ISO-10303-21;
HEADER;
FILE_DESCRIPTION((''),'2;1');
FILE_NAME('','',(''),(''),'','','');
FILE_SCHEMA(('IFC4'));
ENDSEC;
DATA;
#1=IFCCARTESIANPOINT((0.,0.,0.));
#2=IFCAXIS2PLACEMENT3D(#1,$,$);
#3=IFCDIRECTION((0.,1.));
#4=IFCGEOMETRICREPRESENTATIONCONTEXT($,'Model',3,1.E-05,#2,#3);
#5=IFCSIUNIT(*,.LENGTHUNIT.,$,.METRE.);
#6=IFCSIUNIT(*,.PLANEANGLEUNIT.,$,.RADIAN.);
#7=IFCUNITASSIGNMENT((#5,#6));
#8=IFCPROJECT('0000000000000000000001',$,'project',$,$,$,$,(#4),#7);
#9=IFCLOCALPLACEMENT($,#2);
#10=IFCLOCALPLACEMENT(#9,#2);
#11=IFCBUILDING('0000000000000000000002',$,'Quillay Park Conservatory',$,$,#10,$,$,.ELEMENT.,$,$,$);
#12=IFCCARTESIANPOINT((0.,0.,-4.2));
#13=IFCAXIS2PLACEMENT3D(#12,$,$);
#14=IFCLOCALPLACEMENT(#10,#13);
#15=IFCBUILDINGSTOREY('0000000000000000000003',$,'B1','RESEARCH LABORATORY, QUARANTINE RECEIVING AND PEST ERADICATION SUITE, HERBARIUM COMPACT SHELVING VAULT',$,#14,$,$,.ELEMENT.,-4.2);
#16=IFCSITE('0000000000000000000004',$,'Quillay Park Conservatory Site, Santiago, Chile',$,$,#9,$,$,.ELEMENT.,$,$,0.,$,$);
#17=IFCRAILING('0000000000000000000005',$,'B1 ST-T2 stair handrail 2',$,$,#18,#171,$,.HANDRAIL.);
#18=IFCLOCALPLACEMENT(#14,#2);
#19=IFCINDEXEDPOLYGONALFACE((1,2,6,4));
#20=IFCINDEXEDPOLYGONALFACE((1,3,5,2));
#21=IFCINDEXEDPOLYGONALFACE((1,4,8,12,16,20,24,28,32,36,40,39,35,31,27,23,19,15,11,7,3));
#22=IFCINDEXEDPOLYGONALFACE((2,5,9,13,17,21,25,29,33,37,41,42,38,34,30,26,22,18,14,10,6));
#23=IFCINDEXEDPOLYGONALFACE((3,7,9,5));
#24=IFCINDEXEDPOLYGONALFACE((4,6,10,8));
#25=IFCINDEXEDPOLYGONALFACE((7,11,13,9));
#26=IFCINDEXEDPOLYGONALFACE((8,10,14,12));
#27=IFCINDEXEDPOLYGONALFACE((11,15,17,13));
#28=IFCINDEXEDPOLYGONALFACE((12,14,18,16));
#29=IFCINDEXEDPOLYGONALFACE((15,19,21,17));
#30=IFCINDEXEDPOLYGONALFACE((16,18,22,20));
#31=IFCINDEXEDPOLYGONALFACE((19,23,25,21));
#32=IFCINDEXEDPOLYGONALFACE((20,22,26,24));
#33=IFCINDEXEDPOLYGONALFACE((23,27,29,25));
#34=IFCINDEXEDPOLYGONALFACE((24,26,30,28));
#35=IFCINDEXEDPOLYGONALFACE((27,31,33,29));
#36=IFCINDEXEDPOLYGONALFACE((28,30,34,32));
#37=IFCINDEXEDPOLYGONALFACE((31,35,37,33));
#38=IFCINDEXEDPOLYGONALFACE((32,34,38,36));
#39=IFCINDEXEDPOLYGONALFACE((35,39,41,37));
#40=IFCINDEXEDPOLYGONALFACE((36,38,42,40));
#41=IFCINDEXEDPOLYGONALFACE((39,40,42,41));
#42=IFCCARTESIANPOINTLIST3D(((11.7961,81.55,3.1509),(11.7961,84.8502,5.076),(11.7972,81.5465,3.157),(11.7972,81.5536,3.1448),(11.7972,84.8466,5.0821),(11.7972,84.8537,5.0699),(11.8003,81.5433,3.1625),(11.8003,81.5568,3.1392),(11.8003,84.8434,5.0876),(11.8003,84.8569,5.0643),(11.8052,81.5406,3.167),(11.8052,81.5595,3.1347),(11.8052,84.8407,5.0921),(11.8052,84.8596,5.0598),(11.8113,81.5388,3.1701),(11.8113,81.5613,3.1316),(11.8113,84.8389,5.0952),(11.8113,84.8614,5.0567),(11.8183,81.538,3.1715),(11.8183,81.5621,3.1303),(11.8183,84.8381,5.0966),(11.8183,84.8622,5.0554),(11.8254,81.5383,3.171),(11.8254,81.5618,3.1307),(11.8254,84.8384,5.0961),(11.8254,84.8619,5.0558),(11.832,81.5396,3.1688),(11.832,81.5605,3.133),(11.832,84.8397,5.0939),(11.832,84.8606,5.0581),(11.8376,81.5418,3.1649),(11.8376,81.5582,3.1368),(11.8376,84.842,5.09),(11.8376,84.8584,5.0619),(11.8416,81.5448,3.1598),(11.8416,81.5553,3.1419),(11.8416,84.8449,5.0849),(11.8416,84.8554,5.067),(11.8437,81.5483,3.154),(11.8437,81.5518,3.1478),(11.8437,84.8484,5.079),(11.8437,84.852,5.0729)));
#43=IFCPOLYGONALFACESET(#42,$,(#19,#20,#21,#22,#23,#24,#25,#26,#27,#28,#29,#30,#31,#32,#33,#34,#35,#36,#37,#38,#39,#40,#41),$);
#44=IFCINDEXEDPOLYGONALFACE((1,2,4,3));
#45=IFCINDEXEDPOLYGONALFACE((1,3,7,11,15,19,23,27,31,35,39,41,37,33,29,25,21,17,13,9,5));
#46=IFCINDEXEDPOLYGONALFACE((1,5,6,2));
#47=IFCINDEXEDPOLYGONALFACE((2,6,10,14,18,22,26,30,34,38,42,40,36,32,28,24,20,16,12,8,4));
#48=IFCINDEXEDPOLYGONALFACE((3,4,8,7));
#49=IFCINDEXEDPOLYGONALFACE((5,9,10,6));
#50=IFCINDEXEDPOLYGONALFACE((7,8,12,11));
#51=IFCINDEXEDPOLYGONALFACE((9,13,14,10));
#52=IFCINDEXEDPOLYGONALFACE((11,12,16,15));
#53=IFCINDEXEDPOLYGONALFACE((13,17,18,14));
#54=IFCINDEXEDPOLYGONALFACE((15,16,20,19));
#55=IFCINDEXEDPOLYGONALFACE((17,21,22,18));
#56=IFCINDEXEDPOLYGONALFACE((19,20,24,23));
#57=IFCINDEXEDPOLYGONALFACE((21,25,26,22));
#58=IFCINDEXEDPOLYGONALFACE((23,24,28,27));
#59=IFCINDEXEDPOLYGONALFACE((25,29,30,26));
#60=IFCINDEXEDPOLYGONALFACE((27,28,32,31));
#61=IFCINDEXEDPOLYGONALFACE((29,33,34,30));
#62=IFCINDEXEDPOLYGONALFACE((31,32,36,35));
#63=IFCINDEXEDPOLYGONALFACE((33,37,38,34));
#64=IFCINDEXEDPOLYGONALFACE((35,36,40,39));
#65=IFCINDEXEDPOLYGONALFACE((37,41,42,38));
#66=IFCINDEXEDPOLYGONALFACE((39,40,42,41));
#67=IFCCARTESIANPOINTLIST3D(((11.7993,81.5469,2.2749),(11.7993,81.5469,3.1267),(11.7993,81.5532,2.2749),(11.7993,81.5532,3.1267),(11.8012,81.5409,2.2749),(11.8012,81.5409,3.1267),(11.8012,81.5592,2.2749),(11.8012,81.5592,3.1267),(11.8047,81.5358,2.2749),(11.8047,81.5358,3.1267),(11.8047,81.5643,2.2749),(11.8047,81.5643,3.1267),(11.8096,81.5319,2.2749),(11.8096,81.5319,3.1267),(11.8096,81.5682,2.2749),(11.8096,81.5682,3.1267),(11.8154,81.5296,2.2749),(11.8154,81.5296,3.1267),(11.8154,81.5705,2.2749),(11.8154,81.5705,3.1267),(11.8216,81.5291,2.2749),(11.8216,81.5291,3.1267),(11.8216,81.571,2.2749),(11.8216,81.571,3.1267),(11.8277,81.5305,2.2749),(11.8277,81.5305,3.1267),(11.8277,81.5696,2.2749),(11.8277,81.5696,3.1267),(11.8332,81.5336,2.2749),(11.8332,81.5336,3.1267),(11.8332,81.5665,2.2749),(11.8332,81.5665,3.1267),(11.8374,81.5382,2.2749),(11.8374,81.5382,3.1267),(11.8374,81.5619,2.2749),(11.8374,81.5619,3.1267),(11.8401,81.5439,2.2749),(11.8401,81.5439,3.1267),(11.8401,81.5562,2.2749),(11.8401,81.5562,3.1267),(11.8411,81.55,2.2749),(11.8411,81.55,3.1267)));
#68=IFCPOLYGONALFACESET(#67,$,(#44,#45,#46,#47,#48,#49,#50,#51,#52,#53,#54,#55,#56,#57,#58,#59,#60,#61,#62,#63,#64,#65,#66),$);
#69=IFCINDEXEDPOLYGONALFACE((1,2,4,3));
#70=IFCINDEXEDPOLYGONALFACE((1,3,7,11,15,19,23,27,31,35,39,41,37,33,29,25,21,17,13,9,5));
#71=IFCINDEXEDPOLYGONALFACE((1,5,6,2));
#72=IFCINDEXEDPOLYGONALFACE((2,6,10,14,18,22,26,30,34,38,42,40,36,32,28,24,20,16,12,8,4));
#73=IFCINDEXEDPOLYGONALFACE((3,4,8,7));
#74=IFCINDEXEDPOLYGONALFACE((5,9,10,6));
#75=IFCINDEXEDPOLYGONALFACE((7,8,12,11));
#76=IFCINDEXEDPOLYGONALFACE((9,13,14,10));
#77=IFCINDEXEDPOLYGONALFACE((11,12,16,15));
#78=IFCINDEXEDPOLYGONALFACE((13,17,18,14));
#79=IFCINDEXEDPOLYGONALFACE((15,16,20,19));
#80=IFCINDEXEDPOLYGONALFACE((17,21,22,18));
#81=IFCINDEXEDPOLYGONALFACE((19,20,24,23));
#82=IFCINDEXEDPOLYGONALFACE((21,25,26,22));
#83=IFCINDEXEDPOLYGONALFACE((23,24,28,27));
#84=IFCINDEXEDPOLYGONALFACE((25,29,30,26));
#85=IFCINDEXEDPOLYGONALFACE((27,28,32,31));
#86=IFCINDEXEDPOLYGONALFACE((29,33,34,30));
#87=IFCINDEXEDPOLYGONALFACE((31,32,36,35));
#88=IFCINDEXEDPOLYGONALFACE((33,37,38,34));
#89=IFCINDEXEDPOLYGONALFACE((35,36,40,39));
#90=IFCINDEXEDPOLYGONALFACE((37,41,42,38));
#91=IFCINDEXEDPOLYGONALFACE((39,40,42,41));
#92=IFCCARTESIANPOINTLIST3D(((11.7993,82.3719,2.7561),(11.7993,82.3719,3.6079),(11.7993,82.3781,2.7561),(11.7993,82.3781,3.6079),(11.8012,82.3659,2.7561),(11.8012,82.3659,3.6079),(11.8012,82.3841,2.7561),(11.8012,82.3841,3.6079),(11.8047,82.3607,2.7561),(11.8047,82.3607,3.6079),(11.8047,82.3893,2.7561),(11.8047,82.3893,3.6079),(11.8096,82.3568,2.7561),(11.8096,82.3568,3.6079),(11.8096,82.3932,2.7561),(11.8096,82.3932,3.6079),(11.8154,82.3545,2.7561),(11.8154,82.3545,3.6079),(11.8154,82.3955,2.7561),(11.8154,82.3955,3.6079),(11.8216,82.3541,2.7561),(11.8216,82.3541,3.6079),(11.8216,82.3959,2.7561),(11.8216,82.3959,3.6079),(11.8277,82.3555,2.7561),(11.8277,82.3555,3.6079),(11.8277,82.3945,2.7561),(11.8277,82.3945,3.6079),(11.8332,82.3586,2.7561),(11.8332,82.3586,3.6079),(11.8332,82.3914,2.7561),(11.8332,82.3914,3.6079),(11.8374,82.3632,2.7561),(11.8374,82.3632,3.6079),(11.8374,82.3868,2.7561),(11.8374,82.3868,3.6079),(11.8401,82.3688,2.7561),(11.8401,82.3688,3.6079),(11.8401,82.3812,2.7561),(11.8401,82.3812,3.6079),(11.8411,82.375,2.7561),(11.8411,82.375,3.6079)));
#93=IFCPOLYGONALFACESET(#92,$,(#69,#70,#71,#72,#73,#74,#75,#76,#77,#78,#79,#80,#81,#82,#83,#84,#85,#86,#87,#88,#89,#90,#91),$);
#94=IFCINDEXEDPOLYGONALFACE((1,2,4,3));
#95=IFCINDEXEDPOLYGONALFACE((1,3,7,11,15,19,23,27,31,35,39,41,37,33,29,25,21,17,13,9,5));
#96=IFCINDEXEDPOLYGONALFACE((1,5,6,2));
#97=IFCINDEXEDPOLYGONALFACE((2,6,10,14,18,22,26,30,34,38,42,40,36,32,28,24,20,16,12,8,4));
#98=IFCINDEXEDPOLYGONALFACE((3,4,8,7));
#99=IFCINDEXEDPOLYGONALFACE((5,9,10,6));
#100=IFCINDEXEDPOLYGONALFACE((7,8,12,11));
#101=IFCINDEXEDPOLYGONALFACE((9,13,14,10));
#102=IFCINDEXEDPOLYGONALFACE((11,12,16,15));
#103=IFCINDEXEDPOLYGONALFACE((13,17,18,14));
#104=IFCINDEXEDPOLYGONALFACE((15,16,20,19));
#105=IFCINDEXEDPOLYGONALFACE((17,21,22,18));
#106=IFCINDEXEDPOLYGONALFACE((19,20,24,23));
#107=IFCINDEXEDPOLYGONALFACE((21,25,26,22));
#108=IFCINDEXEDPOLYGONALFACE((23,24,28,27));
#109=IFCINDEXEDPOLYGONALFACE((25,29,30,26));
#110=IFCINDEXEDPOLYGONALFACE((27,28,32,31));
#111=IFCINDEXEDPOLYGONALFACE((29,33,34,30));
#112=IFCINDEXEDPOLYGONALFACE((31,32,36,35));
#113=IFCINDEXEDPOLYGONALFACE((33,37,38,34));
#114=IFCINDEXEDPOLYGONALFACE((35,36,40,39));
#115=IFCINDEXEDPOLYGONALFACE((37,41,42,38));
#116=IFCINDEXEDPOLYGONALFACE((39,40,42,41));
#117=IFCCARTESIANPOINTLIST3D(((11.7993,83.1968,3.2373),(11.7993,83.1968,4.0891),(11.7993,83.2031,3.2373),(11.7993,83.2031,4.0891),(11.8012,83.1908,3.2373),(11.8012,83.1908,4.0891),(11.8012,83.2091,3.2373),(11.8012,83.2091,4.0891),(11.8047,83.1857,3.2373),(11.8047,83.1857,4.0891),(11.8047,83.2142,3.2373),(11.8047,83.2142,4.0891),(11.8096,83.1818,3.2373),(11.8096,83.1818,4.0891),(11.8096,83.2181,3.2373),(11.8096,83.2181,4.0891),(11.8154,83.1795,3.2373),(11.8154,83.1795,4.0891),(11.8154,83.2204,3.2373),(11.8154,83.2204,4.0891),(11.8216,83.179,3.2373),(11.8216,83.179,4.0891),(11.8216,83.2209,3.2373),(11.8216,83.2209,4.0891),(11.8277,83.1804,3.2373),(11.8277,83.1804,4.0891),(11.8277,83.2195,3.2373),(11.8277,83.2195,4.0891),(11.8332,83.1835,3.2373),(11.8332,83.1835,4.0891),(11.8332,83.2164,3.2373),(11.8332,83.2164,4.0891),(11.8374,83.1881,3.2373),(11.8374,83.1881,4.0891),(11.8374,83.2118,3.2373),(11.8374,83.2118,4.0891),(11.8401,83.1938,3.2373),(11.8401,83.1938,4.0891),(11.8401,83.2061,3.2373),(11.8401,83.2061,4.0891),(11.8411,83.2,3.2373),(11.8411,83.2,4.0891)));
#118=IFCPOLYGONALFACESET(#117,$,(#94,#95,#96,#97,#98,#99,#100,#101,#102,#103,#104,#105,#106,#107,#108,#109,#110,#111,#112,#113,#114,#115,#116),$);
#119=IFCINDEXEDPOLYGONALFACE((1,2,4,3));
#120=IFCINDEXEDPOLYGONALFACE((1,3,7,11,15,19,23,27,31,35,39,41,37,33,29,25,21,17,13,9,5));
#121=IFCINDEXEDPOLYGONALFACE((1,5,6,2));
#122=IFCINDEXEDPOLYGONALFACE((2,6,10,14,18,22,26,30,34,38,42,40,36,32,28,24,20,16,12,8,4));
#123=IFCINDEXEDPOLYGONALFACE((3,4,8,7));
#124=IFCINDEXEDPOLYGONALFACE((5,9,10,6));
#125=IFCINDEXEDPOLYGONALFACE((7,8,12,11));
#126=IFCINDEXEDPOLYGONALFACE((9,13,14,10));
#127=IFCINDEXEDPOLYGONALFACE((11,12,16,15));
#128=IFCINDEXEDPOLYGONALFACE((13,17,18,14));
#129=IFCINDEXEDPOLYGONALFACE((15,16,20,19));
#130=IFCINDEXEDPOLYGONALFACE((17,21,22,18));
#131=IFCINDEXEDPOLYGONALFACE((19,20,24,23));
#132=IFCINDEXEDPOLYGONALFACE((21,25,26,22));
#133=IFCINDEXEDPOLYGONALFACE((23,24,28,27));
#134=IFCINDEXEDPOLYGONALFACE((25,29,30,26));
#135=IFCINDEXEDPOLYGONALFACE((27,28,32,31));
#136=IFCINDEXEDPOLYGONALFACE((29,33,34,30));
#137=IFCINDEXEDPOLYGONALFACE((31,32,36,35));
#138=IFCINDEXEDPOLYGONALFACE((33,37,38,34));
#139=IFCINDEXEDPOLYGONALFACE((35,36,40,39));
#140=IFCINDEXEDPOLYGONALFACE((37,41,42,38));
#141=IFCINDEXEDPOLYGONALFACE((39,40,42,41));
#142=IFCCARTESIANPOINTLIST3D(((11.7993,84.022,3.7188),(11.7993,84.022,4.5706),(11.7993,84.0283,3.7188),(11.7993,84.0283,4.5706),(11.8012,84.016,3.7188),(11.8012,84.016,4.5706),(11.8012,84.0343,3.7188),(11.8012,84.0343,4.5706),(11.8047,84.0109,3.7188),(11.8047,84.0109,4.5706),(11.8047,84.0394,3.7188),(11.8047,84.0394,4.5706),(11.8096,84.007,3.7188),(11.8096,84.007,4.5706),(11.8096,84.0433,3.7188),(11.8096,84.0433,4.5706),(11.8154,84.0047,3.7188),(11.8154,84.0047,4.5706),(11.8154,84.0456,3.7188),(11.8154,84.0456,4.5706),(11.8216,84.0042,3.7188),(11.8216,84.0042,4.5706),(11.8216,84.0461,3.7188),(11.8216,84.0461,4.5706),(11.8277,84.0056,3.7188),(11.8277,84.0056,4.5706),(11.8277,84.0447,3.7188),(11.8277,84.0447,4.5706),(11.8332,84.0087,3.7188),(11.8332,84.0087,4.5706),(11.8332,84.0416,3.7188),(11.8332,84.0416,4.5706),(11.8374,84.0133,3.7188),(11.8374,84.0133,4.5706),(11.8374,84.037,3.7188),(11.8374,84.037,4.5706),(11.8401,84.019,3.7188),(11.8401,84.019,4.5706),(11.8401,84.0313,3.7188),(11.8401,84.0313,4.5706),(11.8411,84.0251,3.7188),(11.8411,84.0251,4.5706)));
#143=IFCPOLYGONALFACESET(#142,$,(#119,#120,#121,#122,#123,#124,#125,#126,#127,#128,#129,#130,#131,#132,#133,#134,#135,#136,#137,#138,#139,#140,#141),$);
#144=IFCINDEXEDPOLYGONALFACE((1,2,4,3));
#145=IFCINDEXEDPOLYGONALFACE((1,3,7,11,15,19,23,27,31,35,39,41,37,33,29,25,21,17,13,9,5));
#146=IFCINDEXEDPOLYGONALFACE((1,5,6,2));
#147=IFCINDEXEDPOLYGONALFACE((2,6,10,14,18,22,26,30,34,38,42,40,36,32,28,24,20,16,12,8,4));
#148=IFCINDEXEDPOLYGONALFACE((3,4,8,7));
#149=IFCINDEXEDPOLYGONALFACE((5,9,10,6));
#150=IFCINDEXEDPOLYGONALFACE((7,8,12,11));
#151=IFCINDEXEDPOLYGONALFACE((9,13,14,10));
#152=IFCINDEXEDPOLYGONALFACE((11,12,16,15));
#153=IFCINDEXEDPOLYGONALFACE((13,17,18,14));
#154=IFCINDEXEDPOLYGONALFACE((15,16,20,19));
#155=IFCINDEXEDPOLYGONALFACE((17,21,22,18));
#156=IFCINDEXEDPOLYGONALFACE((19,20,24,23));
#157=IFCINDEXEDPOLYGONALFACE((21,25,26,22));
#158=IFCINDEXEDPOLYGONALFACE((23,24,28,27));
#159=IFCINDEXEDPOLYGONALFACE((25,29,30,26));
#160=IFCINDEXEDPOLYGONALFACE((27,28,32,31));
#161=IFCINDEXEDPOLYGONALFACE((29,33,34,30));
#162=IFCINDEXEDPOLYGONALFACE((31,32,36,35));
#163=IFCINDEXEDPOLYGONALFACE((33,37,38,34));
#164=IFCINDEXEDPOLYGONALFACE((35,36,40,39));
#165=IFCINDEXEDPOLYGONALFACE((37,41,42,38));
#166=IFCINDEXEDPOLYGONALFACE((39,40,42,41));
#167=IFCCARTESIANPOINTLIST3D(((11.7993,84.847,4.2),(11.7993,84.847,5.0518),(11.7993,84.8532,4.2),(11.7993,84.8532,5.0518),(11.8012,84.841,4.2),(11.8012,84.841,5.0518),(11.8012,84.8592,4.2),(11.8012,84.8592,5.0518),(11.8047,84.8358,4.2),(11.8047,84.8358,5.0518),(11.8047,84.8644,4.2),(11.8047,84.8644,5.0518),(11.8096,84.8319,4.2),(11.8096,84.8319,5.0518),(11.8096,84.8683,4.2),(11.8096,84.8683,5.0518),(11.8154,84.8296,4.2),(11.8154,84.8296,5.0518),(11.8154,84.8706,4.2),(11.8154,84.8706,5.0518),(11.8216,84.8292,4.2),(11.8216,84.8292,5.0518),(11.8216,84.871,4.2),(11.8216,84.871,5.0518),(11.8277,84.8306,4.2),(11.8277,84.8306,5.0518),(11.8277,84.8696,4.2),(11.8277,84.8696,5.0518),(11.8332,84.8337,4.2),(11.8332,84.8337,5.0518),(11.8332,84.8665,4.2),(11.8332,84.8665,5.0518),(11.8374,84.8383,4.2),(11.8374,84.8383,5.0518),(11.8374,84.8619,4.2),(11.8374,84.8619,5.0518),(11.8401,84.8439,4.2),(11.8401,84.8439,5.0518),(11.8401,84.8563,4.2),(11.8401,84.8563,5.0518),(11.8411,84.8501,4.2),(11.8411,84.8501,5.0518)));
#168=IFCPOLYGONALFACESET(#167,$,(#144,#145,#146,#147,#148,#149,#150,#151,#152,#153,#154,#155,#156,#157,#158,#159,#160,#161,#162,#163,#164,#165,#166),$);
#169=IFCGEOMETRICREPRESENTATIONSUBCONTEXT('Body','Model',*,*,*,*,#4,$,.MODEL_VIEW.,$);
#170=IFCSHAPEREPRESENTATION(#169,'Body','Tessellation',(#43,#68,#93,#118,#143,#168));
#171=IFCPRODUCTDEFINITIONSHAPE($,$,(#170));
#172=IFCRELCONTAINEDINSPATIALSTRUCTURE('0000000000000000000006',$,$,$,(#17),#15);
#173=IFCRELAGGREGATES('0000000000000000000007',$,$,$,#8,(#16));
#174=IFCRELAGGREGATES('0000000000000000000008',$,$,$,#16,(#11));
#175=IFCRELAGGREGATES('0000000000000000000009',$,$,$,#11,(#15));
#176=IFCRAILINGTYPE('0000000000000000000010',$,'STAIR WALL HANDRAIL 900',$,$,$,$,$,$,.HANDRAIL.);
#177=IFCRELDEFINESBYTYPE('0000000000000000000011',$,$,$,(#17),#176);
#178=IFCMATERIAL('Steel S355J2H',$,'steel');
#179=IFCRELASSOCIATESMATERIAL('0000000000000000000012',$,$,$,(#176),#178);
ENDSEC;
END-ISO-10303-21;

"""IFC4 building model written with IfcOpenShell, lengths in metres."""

from ifc_helpers import new_model, si_unit, direction, frame, origin, origin_2d, place, context, subcontext, project, spatial, circle, extrude, material, type_object, element, save


model = new_model("IFC4")

# Units and contexts
model_context = context("Model", 3, precision=1e-05, world=origin(), true_north=direction((0.0, 1.0)))
body_context = subcontext(model_context, "Body", "Model", "MODEL_VIEW")
ifc_project = project(units=[si_unit("LENGTHUNIT", "METRE"), si_unit("PLANEANGLEUNIT", "RADIAN")], contexts=[model_context])

# Site, building, storey
site_placement = place(None, origin())
site = spatial("IfcSite", under=ifc_project, at=site_placement, Name="Quillay Park Conservatory Site, Santiago, Chile", CompositionType="ELEMENT", RefElevation=0.0)
building_placement = place(site_placement, origin())
building = spatial("IfcBuilding", under=site, at=building_placement, Name="Quillay Park Conservatory", CompositionType="ELEMENT")
storey_placement = place(building_placement, frame((0.0, 0.0, -4.2)))
storey = spatial("IfcBuildingStorey", under=building, at=storey_placement, Name="B1", Description="RESEARCH LABORATORY, QUARANTINE RECEIVING AND PEST ERADICATION SUITE, HERBARIUM COMPACT SHELVING VAULT", CompositionType="ELEMENT", Elevation=-4.2)

# Railing
ifc_material_1 = material(Name="Steel S355J2H", Category="steel")
railing_type_1 = type_object("IfcRailingType", Name="STAIR WALL HANDRAIL 900", PredefinedType="HANDRAIL", material=ifc_material_1)
railing_1_placement = place(storey_placement, frame((11.8201, 81.55, 2.2749)))
element("IfcRailing", 1, at=railing_1_placement, inside=storey, type_object=railing_type_1, Name="B1 ST-T2 stair handrail 2", PredefinedType="HANDRAIL", context=body_context, shape_type="SweptSolid", body=[
    extrude(circle(Radius=0.0239, at=origin_2d()), frame((0.0, 0.0, 0.876), z_axis=(0.0, 0.863777, 0.503875), x_axis=(-1.0, 0.0, 0.0)), (0.0, 0.0, 1.0), 3.8206),
    extrude(circle(Radius=0.021, at=origin_2d()), origin(), (0.0, 0.0, 1.0), 0.8518),
    extrude(circle(Radius=0.021, at=origin_2d()), frame((0.0, 0.825, 0.4812)), (0.0, 0.0, 1.0), 0.8518),
    extrude(circle(Radius=0.021, at=origin_2d()), frame((0.0, 1.6499, 0.9624)), (0.0, 0.0, 1.0), 0.8518),
    extrude(circle(Radius=0.021, at=origin_2d()), frame((0.0, 2.4751, 1.4438)), (0.0, 0.0, 1.0), 0.8518),
    extrude(circle(Radius=0.021, at=origin_2d()), frame((0.0, 3.3, 1.925)), (0.0, 0.0, 1.0), 0.8518),
])

save(model, "model.ifc")
